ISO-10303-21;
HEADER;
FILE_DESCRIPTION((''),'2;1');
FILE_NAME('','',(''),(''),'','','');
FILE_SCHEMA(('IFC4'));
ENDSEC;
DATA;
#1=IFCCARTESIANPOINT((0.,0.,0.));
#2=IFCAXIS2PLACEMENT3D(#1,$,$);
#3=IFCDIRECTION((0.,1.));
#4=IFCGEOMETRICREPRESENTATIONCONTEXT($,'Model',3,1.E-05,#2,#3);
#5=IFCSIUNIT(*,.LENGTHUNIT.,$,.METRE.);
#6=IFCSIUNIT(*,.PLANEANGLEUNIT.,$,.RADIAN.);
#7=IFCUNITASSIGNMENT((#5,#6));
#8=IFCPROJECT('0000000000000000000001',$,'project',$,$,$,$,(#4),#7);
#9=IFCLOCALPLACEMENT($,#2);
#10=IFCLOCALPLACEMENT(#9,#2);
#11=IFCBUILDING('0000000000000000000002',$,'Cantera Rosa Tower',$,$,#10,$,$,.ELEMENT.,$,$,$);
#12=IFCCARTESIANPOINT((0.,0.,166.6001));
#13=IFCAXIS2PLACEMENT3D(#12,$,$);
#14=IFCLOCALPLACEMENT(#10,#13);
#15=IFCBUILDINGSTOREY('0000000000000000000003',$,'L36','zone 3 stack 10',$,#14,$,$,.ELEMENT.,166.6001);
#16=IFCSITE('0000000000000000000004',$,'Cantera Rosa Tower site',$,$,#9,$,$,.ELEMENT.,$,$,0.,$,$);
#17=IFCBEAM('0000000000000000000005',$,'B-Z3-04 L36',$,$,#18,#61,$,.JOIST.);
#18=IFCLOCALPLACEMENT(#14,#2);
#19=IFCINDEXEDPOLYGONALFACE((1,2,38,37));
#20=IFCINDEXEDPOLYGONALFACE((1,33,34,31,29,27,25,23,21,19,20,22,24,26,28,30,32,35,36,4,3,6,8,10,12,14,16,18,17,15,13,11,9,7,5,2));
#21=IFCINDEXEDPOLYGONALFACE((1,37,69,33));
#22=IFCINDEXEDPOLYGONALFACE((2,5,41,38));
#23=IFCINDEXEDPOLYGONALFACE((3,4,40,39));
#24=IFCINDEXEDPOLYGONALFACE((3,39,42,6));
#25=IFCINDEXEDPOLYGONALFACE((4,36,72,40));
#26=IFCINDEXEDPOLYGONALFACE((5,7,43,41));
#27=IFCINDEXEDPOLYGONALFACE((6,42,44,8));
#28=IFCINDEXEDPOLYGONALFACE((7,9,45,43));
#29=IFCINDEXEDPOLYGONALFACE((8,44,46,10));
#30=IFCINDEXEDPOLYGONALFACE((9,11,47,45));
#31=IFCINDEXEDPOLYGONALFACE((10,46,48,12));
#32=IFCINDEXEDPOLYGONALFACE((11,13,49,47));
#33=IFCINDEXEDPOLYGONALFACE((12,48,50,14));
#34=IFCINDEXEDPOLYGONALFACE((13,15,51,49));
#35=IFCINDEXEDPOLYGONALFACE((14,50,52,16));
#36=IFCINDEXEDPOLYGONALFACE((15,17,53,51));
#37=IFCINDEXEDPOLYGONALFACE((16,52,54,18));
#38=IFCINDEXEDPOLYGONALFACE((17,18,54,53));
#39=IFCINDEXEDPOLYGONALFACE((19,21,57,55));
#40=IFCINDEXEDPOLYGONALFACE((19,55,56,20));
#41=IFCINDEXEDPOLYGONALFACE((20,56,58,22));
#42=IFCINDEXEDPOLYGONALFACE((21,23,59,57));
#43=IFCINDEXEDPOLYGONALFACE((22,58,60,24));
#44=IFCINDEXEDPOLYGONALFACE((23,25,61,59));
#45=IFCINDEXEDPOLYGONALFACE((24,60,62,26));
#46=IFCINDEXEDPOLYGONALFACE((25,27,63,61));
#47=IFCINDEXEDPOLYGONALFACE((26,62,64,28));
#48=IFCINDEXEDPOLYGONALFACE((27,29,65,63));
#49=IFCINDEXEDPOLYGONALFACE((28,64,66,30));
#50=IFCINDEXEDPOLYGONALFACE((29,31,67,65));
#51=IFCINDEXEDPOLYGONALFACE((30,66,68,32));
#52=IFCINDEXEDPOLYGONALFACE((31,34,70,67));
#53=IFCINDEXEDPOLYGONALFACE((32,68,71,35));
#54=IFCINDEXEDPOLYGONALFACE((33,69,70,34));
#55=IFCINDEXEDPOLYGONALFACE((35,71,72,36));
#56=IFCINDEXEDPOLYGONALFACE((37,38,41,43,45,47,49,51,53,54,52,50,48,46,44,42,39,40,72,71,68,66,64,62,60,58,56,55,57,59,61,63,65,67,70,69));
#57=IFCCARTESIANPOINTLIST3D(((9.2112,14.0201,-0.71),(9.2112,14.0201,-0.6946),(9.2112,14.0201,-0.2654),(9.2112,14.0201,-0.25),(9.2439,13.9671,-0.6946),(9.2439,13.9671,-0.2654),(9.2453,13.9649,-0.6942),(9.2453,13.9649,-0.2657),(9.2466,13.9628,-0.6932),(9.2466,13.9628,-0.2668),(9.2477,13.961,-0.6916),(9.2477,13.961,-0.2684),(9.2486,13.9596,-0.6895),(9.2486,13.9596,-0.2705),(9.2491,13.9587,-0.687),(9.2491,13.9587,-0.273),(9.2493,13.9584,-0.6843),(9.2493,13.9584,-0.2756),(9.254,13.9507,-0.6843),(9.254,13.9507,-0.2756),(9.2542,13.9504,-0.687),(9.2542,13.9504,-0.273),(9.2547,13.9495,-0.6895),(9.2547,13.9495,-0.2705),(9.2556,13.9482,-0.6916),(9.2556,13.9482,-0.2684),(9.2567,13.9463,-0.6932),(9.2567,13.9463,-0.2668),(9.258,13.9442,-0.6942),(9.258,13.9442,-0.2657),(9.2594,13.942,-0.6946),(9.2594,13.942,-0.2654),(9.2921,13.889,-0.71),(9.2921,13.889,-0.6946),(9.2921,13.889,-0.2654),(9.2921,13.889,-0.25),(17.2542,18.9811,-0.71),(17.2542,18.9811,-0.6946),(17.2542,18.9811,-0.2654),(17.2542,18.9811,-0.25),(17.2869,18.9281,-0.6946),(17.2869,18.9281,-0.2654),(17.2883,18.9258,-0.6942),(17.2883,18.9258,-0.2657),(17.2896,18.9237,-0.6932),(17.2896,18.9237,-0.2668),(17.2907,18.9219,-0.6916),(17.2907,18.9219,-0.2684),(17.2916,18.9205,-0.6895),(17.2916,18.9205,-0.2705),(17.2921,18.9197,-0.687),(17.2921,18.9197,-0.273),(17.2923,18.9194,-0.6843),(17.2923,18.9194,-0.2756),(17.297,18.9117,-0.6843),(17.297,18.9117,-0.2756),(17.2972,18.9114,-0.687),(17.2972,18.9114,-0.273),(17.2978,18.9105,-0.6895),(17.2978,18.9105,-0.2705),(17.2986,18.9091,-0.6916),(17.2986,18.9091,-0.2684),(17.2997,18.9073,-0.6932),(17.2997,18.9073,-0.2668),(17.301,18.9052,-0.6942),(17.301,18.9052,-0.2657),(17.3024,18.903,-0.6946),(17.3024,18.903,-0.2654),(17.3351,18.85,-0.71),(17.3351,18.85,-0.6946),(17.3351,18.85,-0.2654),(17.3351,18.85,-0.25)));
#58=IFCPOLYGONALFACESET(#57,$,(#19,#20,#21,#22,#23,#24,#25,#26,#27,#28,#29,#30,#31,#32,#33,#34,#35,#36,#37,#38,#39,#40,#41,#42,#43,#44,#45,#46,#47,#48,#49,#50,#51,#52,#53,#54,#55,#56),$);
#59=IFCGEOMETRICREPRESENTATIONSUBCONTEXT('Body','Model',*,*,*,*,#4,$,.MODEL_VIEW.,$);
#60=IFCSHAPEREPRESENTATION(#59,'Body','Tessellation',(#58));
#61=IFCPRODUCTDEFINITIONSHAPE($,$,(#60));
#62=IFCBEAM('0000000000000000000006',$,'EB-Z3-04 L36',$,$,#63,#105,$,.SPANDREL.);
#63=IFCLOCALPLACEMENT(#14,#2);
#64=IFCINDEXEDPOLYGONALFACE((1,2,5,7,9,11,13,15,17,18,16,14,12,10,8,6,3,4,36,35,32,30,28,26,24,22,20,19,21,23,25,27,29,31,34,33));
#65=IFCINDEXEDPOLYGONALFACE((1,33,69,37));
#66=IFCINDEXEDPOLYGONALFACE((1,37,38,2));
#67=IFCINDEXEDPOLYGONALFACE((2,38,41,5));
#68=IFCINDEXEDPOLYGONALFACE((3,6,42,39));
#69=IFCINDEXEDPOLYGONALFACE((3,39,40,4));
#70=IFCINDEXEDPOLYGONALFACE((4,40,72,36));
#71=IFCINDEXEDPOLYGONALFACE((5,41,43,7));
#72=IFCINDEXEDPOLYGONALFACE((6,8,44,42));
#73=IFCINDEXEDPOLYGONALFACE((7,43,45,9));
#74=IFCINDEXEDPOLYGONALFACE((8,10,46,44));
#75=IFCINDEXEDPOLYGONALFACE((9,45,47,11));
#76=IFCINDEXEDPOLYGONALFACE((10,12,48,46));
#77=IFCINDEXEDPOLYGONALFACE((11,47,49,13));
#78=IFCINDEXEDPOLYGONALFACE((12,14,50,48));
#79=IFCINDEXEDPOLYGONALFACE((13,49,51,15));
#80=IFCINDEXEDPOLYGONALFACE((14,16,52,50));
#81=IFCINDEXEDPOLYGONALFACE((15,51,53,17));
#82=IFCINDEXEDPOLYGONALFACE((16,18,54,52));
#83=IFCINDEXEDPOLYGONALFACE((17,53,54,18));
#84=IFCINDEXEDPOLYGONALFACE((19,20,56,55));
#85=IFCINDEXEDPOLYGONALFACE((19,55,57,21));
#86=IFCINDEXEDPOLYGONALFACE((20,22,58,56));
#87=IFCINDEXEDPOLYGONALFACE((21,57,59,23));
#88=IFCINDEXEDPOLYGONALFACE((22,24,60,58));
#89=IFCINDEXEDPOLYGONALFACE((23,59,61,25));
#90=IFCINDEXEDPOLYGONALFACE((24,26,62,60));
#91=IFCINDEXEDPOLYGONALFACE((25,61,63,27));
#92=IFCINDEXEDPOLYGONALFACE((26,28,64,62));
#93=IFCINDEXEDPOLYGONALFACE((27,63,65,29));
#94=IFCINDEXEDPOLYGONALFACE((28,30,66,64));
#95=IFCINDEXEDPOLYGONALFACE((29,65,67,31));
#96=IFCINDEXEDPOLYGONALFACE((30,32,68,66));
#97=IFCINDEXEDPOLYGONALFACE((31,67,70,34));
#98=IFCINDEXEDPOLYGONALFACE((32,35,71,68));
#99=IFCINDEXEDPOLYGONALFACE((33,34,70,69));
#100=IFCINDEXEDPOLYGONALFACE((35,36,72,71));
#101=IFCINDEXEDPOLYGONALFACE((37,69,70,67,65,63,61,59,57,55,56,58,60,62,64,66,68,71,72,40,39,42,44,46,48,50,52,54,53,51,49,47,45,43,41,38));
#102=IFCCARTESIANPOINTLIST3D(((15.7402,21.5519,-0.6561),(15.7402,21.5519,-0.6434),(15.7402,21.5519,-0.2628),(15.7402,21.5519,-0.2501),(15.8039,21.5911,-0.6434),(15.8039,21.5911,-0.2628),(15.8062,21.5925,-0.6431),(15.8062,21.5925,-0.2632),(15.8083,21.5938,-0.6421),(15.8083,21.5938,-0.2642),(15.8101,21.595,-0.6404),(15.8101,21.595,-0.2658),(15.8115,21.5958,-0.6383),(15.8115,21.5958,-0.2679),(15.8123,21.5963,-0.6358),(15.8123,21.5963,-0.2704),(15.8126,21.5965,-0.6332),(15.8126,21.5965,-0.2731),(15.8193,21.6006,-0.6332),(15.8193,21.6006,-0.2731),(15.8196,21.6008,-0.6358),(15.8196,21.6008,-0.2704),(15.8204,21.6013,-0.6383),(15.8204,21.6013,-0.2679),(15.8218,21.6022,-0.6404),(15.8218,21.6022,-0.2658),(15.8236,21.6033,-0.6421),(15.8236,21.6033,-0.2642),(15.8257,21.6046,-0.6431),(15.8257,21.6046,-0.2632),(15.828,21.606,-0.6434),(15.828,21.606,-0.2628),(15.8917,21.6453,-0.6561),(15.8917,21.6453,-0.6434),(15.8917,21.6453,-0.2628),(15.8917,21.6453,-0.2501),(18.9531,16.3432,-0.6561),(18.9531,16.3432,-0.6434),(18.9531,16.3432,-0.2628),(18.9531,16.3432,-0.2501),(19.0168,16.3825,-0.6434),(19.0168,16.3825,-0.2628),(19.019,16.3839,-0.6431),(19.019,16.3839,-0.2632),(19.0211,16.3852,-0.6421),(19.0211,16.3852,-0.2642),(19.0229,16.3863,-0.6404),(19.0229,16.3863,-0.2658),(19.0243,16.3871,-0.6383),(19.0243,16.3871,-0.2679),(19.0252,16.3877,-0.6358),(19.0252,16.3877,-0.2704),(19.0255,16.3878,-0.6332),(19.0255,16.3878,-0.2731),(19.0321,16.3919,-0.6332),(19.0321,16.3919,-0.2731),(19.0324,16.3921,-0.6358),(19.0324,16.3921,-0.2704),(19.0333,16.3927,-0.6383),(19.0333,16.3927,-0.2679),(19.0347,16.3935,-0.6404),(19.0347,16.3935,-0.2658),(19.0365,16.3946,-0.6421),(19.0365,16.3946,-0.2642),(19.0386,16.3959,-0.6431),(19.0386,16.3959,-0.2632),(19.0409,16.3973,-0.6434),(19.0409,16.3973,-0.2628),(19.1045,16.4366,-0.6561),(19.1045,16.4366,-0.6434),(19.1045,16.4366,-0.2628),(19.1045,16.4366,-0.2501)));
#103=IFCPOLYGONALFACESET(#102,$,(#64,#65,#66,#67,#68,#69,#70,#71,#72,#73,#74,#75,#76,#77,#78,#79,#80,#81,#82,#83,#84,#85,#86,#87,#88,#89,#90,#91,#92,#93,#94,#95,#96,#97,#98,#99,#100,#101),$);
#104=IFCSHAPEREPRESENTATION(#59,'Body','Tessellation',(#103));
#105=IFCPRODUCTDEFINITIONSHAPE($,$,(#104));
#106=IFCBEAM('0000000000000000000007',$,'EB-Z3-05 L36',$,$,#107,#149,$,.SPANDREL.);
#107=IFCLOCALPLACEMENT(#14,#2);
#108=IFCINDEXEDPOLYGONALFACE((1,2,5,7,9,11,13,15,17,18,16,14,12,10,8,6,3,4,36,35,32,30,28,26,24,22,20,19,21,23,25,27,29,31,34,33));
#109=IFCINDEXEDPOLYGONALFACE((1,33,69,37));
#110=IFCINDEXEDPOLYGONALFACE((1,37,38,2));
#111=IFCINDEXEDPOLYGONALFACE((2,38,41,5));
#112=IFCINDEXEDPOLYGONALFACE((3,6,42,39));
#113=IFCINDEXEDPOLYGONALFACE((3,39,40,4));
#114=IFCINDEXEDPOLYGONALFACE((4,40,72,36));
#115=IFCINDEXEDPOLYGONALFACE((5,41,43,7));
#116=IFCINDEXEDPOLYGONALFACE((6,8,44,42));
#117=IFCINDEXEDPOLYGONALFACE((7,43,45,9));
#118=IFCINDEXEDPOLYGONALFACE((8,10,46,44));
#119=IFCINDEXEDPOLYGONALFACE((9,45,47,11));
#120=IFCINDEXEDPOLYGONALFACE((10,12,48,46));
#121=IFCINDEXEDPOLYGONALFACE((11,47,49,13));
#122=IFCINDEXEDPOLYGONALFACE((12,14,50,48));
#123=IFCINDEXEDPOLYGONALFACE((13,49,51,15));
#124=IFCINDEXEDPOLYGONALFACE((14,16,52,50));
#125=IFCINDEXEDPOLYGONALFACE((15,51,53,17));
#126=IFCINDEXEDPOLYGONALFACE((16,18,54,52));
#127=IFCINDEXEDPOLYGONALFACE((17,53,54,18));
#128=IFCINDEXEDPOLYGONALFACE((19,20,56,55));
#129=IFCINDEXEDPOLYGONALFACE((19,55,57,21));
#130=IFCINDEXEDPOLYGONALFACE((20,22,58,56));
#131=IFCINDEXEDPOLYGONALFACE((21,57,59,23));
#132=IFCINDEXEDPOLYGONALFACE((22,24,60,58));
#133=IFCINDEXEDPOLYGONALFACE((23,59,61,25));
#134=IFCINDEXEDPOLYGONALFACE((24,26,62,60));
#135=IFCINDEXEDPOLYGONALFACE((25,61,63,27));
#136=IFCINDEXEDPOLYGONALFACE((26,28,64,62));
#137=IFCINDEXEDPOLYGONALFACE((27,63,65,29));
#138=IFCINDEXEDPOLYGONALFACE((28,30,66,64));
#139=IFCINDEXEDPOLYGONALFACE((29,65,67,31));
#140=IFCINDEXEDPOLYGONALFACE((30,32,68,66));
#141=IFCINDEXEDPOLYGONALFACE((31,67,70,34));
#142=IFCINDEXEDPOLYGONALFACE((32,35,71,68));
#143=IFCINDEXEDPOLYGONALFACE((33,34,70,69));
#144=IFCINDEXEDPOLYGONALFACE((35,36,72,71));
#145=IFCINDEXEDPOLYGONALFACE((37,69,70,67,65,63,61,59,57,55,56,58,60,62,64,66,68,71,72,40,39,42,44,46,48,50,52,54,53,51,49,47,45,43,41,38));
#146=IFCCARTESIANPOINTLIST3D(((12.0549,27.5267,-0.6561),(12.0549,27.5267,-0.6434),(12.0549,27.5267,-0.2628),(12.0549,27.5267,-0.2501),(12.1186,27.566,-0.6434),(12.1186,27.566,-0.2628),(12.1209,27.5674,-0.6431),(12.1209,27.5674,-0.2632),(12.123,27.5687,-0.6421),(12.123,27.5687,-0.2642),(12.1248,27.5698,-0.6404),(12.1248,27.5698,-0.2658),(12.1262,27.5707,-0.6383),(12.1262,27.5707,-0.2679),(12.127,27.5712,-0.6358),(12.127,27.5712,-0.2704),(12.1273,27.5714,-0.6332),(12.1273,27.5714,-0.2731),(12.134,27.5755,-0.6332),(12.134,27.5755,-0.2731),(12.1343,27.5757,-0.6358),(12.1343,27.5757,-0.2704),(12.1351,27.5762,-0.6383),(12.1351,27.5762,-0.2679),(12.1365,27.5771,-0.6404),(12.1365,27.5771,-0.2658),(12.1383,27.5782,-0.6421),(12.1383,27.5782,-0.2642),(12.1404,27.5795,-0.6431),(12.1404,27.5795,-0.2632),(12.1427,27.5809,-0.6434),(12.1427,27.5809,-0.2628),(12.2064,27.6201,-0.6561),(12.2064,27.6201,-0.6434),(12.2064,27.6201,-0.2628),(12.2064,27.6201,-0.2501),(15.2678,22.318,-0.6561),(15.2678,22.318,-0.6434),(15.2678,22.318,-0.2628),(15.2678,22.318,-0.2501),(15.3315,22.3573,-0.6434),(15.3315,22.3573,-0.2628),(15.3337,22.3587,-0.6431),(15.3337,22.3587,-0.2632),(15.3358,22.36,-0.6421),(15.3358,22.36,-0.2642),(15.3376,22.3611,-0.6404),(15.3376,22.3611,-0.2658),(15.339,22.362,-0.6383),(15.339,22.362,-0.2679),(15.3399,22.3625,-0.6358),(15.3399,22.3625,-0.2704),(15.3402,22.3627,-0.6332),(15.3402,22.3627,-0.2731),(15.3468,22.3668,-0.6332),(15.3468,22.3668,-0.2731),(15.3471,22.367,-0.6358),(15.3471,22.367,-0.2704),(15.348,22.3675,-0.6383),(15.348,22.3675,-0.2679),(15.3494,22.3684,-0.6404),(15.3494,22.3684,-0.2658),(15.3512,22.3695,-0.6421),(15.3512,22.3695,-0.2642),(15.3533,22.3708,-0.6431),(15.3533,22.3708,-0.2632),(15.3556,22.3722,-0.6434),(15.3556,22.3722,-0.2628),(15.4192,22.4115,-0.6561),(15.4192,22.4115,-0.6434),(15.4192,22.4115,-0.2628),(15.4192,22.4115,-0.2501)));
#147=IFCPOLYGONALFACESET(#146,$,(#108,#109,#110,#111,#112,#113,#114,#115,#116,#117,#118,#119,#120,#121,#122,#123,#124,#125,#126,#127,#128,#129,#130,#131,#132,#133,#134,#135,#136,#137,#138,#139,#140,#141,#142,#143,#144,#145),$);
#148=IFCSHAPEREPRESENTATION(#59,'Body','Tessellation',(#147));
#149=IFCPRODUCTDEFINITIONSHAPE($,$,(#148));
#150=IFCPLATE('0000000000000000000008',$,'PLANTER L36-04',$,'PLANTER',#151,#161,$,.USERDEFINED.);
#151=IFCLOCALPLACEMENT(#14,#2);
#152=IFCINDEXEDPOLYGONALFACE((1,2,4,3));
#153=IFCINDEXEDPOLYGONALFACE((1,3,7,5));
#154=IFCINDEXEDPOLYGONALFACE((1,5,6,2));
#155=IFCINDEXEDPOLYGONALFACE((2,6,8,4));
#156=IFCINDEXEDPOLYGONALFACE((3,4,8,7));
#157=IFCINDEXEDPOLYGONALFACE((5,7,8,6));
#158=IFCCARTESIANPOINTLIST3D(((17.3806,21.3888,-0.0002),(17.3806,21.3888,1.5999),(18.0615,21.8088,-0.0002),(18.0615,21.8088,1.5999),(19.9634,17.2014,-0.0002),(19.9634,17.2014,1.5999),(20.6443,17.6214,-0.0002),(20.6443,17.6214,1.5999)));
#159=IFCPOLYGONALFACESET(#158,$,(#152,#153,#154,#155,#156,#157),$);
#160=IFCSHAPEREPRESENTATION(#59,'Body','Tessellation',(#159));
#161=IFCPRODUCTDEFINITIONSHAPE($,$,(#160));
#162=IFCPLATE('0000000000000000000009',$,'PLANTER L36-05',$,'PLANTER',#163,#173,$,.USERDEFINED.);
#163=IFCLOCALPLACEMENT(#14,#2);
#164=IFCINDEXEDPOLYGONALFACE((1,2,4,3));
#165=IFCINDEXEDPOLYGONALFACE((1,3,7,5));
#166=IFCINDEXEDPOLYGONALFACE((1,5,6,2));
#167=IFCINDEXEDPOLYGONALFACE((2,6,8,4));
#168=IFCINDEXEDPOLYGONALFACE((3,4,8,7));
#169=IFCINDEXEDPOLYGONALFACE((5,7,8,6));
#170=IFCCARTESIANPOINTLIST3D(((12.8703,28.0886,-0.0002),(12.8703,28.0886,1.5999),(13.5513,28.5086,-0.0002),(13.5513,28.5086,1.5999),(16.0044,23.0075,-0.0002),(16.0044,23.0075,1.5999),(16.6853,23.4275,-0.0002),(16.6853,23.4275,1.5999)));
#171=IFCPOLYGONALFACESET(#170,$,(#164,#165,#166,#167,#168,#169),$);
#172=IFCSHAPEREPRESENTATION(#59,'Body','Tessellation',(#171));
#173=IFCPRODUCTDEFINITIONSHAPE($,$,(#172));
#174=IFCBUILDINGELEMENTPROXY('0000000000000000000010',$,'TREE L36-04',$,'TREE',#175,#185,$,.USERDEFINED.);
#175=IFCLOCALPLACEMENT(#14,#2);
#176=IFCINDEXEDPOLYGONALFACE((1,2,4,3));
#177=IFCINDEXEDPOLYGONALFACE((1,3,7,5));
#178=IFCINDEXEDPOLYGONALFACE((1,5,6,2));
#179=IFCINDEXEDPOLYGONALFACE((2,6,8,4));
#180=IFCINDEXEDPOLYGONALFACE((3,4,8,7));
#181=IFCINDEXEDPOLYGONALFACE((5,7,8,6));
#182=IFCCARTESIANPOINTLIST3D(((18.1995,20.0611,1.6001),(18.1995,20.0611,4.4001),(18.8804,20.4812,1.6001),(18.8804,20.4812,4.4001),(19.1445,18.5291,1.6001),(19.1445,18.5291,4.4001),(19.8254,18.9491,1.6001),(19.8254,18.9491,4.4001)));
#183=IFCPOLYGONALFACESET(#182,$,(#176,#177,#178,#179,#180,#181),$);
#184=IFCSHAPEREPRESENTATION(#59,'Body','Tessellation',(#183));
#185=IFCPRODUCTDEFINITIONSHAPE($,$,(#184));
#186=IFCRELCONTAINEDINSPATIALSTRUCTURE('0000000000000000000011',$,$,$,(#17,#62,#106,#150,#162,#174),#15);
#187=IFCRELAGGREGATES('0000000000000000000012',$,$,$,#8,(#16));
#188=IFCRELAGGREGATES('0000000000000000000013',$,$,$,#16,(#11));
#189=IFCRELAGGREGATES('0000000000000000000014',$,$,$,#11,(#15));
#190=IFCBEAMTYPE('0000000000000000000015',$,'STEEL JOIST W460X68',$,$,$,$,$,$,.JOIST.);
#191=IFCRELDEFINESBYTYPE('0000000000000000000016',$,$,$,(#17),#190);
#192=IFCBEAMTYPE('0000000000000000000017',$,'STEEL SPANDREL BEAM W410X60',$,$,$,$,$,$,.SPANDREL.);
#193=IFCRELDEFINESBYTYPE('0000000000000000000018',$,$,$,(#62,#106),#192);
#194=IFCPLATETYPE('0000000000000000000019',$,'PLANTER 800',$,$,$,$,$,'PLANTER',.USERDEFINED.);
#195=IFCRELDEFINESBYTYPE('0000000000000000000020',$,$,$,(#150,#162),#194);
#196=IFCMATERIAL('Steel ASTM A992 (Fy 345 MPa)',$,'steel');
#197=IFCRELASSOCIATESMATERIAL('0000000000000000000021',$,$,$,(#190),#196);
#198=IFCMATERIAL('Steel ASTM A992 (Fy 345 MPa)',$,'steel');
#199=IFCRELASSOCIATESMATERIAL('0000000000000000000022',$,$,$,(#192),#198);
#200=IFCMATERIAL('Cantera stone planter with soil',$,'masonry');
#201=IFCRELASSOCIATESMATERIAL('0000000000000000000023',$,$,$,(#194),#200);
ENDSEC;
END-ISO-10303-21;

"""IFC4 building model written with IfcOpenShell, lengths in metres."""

from ifc_helpers import new_model, si_unit, direction, frame, origin, origin_2d, place, context, subcontext, project, spatial, rectangle, i_section, extrude, material, material_profile, profile_set, type_object, element, save


model = new_model("IFC4")

# Units and contexts
model_context = context("Model", 3, precision=1e-05, world=origin(), true_north=direction((0.0, 1.0)))
body_context = subcontext(model_context, "Body", "Model", "MODEL_VIEW")
ifc_project = project(units=[si_unit("LENGTHUNIT", "METRE"), si_unit("PLANEANGLEUNIT", "RADIAN")], contexts=[model_context])

# Site, building, storey
site_placement = place(None, origin())
site = spatial("IfcSite", under=ifc_project, at=site_placement, Name="Cantera Rosa Tower site", CompositionType="ELEMENT", RefElevation=0.0)
building_placement = place(site_placement, origin())
building = spatial("IfcBuilding", under=site, at=building_placement, Name="Cantera Rosa Tower", CompositionType="ELEMENT")
storey_placement = place(building_placement, frame((0.0, 0.0, 166.6001)))
storey = spatial("IfcBuildingStorey", under=building, at=storey_placement, Name="L36", Description="zone 3 stack 10", CompositionType="ELEMENT", Elevation=166.6001)

# Beams
ifc_material_1 = material(Name="Steel ASTM A992 (Fy 345 MPa)", Category="steel")
ifc_material_profile_1 = material_profile(ifc_material_1, i_section(OverallWidth=0.1541, OverallDepth=0.46, WebThickness=0.009, FlangeThickness=0.0154, FilletRadius=0.0103, at=origin_2d()), Name="W460X68")
ifc_profile_set_1 = profile_set([ifc_material_profile_1], Name="Steel ASTM A992 (Fy 345 MPa)")
beam_type_1 = type_object("IfcBeamType", Name="STEEL JOIST W460X68", PredefinedType="JOIST", material=ifc_profile_set_1)
beam_1_placement = place(storey_placement, frame((17.2947, 18.9155, -0.48), z_axis=(-0.851119, -0.524974, 0.0), x_axis=(0.524974, -0.851119, 0.0)))
element("IfcBeam", 1, at=beam_1_placement, inside=storey, type_object=beam_type_1, Name="B-Z3-04 L36", PredefinedType="JOIST", context=body_context, shape_type="SweptSolid", body=[
    extrude(i_section(OverallWidth=0.1541, OverallDepth=0.46, WebThickness=0.009, FlangeThickness=0.0154, FilletRadius=0.0103, at=origin_2d()), origin(), (0.0, 0.0, 1.0), 9.45),
])
ifc_material_2 = material(Name="Steel ASTM A992 (Fy 345 MPa)", Category="steel")
ifc_material_profile_2 = material_profile(ifc_material_2, i_section(OverallWidth=0.178, OverallDepth=0.406, WebThickness=0.0078, FlangeThickness=0.0127, FilletRadius=0.0103, at=origin_2d()), Name="W410X60")
ifc_profile_set_2 = profile_set([ifc_material_profile_2], Name="Steel ASTM A992 (Fy 345 MPa)")
beam_type_2 = type_object("IfcBeamType", Name="STEEL SPANDREL BEAM W410X60", PredefinedType="SPANDREL", material=ifc_profile_set_2)
for number, where, z_axis, x_axis, name in (
    (2, (19.0288, 16.3899, -0.4531), (-0.524987, 0.85111, 0.0), (-0.85111, -0.524987, 0.0), "EB-Z3-04 L36"),
    (3, (15.3435, 22.3647, -0.4531), (-0.524987, 0.85111, 0.0), (-0.85111, -0.524987, 0.0), "EB-Z3-05 L36"),
):
    element("IfcBeam", number, at=place(storey_placement, frame(where, z_axis=z_axis, x_axis=x_axis)), inside=storey, type_object=beam_type_2, Name=name, PredefinedType="SPANDREL", context=body_context, shape_type="SweptSolid", body=[
        extrude(i_section(OverallWidth=0.178, OverallDepth=0.406, WebThickness=0.0078, FlangeThickness=0.0127, FilletRadius=0.0103, at=origin_2d()), origin(), (0.0, 0.0, 1.0), 6.1199),
    ])

# Plates
ifc_material_3 = material(Name="Cantera stone planter with soil", Category="masonry")
plate_type = type_object("IfcPlateType", Name="PLANTER 800", ElementType="PLANTER", PredefinedType="USERDEFINED", material=ifc_material_3)
plate_1_placement = place(storey_placement, frame((19.0125, 19.5051, -0.0002), z_axis=(0.0, 0.0, 1.0), x_axis=(-0.524977, 0.851117, 0.0)))
element("IfcPlate", 4, at=plate_1_placement, inside=storey, type_object=plate_type, Name="PLANTER L36-04", ObjectType="PLANTER", PredefinedType="USERDEFINED", context=body_context, shape_type="SweptSolid", body=[
    extrude(rectangle(XDim=4.9199, YDim=0.8, at=origin_2d()), origin(), (0.0, 0.0, 1.0), 1.6001),
])
plate_2_placement = place(storey_placement, frame((14.7778, 25.7581, -0.0002), z_axis=(0.0, 0.0, 1.0), x_axis=(-0.524977, 0.851117, 0.0)))
element("IfcPlate", 5, at=plate_2_placement, inside=storey, type_object=plate_type, Name="PLANTER L36-05", ObjectType="PLANTER", PredefinedType="USERDEFINED", context=body_context, shape_type="SweptSolid", body=[
    extrude(rectangle(XDim=5.97, YDim=0.8, at=origin_2d()), origin(), (0.0, 0.0, 1.0), 1.6001),
])

# Building element proxy
proxy_placement = place(storey_placement, frame((19.0125, 19.5051, 1.6001), z_axis=(0.0, 0.0, 1.0), x_axis=(-0.524977, 0.851117, 0.0)))
element("IfcBuildingElementProxy", 6, at=proxy_placement, inside=storey, Name="TREE L36-04", ObjectType="TREE", PredefinedType="USERDEFINED", context=body_context, shape_type="SweptSolid", body=[
    extrude(rectangle(XDim=1.8, YDim=0.8, at=origin_2d()), origin(), (0.0, 0.0, 1.0), 2.8),
])

save(model, "model.ifc")
